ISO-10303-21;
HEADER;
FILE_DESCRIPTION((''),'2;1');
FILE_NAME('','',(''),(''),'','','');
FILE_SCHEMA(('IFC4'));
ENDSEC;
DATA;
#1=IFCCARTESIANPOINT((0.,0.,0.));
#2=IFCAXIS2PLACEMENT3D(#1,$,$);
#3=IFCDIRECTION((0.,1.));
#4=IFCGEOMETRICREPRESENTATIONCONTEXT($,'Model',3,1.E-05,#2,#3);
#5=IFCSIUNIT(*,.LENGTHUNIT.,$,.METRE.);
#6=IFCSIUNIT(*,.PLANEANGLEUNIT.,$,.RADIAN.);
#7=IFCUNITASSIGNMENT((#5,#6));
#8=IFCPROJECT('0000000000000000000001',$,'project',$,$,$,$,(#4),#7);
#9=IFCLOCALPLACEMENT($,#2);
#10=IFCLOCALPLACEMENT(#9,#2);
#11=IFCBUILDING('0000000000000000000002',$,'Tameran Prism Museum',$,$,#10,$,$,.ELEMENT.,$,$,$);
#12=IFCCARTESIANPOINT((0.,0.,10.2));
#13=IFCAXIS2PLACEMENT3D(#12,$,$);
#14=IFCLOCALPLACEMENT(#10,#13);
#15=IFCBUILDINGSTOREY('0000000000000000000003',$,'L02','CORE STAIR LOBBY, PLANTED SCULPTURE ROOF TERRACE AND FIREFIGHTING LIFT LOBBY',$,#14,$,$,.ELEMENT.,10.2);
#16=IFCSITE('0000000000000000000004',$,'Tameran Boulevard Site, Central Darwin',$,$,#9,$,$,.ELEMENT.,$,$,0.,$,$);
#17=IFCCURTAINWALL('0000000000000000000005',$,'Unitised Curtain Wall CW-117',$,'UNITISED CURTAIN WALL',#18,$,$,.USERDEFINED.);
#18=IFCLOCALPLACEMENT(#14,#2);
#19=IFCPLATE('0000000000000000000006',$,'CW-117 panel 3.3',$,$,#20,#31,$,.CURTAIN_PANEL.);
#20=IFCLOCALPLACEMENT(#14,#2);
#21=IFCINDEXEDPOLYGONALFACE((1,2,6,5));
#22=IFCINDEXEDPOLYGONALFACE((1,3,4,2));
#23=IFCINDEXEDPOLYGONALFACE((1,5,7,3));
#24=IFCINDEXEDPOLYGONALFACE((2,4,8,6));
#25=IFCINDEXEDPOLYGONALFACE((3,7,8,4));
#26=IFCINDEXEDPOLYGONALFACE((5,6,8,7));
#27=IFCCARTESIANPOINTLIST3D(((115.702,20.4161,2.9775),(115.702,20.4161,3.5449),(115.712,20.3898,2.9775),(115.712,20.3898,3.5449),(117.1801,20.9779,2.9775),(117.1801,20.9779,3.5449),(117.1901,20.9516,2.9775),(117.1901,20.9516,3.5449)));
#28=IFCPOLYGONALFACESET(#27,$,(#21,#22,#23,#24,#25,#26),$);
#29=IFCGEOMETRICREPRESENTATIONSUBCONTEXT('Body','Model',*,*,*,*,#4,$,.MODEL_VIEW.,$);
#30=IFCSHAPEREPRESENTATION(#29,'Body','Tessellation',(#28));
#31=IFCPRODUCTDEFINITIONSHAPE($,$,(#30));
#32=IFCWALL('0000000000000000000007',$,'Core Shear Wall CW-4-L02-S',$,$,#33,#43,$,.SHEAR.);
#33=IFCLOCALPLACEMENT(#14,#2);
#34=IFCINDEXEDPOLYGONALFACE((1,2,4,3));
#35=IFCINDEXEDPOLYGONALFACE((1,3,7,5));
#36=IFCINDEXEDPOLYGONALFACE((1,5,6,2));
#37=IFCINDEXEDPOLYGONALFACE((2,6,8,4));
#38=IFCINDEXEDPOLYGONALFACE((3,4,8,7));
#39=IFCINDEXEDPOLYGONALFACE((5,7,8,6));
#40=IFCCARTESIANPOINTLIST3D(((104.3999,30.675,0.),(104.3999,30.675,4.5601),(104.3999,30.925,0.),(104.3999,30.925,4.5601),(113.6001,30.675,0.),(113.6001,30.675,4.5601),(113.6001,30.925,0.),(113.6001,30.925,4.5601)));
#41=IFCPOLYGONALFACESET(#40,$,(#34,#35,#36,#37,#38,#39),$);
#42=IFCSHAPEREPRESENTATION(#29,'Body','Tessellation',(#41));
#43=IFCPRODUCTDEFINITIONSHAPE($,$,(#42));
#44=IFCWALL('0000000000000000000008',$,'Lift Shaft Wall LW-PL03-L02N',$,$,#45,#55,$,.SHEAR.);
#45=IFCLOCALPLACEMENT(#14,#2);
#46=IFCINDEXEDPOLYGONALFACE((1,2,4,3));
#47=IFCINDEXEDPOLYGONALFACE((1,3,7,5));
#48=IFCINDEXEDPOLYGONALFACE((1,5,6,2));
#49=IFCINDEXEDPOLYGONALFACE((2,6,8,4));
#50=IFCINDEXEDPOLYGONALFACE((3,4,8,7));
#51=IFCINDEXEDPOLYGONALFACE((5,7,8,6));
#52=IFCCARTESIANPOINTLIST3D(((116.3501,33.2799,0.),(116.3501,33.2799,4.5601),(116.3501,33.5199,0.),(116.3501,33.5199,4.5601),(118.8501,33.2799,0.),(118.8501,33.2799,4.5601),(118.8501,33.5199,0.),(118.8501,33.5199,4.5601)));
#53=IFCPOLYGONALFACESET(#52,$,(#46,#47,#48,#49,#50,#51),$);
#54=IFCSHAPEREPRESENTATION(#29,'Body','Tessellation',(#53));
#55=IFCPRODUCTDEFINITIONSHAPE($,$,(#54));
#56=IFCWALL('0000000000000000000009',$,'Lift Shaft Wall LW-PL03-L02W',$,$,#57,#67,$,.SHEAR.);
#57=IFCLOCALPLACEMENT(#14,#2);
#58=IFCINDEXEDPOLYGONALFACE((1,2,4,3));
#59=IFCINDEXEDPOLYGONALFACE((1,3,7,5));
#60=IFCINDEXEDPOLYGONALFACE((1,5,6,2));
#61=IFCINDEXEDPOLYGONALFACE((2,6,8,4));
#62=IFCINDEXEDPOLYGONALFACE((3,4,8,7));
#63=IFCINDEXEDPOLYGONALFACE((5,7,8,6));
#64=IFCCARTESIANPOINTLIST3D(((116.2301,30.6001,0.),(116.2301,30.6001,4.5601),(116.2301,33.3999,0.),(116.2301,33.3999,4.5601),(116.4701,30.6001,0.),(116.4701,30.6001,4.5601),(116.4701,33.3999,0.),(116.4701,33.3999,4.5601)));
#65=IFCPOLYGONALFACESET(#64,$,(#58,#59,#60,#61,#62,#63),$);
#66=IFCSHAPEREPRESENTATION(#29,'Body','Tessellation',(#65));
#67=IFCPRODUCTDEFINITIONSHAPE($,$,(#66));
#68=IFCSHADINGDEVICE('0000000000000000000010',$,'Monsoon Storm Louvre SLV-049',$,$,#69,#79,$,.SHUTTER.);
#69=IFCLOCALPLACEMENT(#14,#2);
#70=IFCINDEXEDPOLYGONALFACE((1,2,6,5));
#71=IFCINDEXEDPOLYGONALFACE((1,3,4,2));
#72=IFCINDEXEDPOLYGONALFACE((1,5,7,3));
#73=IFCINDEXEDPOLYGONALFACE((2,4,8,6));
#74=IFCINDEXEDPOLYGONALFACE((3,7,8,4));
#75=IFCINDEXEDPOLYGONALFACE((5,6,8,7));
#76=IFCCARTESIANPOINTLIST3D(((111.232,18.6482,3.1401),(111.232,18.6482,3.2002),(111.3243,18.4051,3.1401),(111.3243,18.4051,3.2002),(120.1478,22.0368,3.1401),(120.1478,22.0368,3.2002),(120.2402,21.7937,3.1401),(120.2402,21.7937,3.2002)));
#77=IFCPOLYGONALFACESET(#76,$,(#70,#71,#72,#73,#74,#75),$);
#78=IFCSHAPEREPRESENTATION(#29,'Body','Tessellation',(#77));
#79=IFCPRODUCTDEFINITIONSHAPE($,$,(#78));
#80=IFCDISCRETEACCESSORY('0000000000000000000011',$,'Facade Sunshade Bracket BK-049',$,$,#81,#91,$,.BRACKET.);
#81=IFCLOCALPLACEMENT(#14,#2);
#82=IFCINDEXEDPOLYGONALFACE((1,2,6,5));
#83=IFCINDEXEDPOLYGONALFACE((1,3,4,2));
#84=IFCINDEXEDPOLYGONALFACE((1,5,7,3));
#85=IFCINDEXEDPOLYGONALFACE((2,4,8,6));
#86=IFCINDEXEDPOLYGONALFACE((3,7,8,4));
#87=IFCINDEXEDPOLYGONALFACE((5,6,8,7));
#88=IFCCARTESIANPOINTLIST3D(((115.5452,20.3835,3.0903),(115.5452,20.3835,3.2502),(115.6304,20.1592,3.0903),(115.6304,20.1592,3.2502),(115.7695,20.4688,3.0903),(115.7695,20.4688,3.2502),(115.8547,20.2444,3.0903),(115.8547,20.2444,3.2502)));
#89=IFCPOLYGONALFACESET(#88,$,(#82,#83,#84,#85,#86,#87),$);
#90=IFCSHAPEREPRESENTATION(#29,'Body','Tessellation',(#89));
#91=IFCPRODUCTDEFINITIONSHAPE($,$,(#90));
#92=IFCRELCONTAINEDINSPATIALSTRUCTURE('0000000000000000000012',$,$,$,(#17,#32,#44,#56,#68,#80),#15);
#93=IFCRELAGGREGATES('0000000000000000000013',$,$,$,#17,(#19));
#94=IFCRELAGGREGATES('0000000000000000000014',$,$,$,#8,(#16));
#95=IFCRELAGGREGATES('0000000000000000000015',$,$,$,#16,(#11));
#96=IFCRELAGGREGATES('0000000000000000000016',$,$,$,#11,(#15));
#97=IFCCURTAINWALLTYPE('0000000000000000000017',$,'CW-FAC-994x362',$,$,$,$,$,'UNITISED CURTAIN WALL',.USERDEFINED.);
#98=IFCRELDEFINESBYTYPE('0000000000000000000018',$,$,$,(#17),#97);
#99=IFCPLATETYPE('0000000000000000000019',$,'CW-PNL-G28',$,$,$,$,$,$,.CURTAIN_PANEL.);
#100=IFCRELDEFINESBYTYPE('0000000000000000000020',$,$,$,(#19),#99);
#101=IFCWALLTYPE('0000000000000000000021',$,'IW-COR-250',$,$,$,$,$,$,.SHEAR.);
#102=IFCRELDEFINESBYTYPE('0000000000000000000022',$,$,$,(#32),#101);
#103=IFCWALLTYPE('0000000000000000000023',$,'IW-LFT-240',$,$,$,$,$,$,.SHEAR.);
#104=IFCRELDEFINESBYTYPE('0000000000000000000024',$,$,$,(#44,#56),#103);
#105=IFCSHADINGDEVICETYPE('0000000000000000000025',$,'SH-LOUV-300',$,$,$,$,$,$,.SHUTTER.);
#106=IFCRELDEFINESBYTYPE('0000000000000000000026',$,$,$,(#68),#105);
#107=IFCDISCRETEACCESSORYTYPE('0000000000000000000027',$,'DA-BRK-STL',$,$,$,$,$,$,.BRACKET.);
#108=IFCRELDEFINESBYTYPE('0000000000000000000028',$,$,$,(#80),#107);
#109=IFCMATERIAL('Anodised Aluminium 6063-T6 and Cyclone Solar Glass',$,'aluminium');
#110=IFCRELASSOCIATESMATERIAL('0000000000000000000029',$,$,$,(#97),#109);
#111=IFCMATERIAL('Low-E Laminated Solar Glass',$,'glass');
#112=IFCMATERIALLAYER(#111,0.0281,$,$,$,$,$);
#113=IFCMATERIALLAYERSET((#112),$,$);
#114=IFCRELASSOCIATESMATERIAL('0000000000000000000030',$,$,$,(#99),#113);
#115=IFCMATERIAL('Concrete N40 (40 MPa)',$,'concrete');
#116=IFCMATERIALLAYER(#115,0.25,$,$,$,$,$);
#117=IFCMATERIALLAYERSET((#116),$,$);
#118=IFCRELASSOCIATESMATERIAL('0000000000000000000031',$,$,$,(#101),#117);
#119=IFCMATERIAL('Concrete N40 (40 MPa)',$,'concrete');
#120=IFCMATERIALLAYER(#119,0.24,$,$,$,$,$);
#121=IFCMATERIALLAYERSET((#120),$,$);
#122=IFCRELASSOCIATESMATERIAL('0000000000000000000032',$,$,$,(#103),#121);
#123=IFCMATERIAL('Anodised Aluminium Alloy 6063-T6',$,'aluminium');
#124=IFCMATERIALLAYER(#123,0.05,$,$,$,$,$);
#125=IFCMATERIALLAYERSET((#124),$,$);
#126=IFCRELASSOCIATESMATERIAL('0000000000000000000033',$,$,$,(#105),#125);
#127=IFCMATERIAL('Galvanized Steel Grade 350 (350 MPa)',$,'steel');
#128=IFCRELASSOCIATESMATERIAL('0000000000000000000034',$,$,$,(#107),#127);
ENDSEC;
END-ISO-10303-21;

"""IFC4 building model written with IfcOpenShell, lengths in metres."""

from ifc_helpers import new_model, si_unit, direction, frame, frame_2d, origin, origin_2d, place, context, subcontext, project, spatial, rectangle, extrude, material, layer, layer_set, type_object, element, aggregate, save


model = new_model("IFC4")

# Units and contexts
model_context = context("Model", 3, precision=1e-05, world=origin(), true_north=direction((0.0, 1.0)))
body_context = subcontext(model_context, "Body", "Model", "MODEL_VIEW")
ifc_project = project(units=[si_unit("LENGTHUNIT", "METRE"), si_unit("PLANEANGLEUNIT", "RADIAN")], contexts=[model_context])

# Site, building, storey
site_placement = place(None, origin())
site = spatial("IfcSite", under=ifc_project, at=site_placement, Name="Tameran Boulevard Site, Central Darwin", CompositionType="ELEMENT", RefElevation=0.0)
building_placement = place(site_placement, origin())
building = spatial("IfcBuilding", under=site, at=building_placement, Name="Tameran Prism Museum", CompositionType="ELEMENT")
storey_placement = place(building_placement, frame((0.0, 0.0, 10.2)))
storey = spatial("IfcBuildingStorey", under=building, at=storey_placement, Name="L02", Description="CORE STAIR LOBBY, PLANTED SCULPTURE ROOF TERRACE AND FIREFIGHTING LIFT LOBBY", CompositionType="ELEMENT", Elevation=10.2)

# Curtain wall
ifc_material_1 = material(Name="Anodised Aluminium 6063-T6 and Cyclone Solar Glass", Category="aluminium")
curtain_wall_type_1 = type_object("IfcCurtainWallType", Name="CW-FAC-994x362", ElementType="UNITISED CURTAIN WALL", PredefinedType="USERDEFINED", material=ifc_material_1)
curtain_wall_1_placement = place(storey_placement, origin())
curtain_wall_1 = element("IfcCurtainWall", 1, at=curtain_wall_1_placement, inside=storey, type_object=curtain_wall_type_1, Name="Unitised Curtain Wall CW-117", ObjectType="UNITISED CURTAIN WALL", PredefinedType="USERDEFINED")

# Plate
ifc_material_2 = material(Name="Low-E Laminated Solar Glass", Category="glass")
ifc_layer_1 = layer(ifc_material_2, 0.0281)
ifc_layer_set_1 = layer_set([ifc_layer_1])
plate_type = type_object("IfcPlateType", Name="CW-PNL-G28", PredefinedType="CURTAIN_PANEL", material=ifc_layer_set_1)
plate_1_placement = place(storey_placement, frame((116.446, 20.6838, 2.9775), z_axis=(0.0, 0.0, 1.0), x_axis=(-0.934757, -0.355288, 0.0)))
plate_1 = element("IfcPlate", 2, at=plate_1_placement, type_object=plate_type, Name="CW-117 panel 3.3", PredefinedType="CURTAIN_PANEL", context=body_context, shape_type="SweptSolid", body=[
    extrude(rectangle(XDim=1.5813, YDim=0.0281, at=origin_2d()), origin(), (0.0, 0.0, 1.0), 0.5674),
])
aggregate(curtain_wall_1, [plate_1])

# Walls
ifc_material_3 = material(Name="Concrete N40 (40 MPa)", Category="concrete")
ifc_layer_2 = layer(ifc_material_3, 0.25)
ifc_layer_set_2 = layer_set([ifc_layer_2])
wall_type_1 = type_object("IfcWallType", Name="IW-COR-250", PredefinedType="SHEAR", material=ifc_layer_set_2)
wall_1_placement = place(storey_placement, frame((113.6001, 30.8, 0.0), z_axis=(0.0, 0.0, 1.0), x_axis=(-1.0, 0.0, 0.0)))
element("IfcWall", 3, at=wall_1_placement, inside=storey, type_object=wall_type_1, Name="Core Shear Wall CW-4-L02-S", PredefinedType="SHEAR", context=body_context, shape_type="SweptSolid", body=[
    extrude(rectangle(XDim=9.2002, YDim=0.25, at=frame_2d((4.6001, 0.0))), origin(), (0.0, 0.0, 1.0), 4.5601),
])
ifc_material_4 = material(Name="Concrete N40 (40 MPa)", Category="concrete")
ifc_layer_3 = layer(ifc_material_4, 0.24)
ifc_layer_set_3 = layer_set([ifc_layer_3])
wall_type_2 = type_object("IfcWallType", Name="IW-LFT-240", PredefinedType="SHEAR", material=ifc_layer_set_3)
wall_2_placement = place(storey_placement, frame((116.3501, 33.3999, 0.0), z_axis=(0.0, 0.0, 1.0), x_axis=(1.0, 0.0, 0.0)))
element("IfcWall", 4, at=wall_2_placement, inside=storey, type_object=wall_type_2, Name="Lift Shaft Wall LW-PL03-L02N", PredefinedType="SHEAR", context=body_context, shape_type="SweptSolid", body=[
    extrude(rectangle(XDim=2.5, YDim=0.24, at=frame_2d((1.25, 0.0))), origin(), (0.0, 0.0, 1.0), 4.5601),
])
wall_3_placement = place(storey_placement, frame((116.3501, 30.6001, 0.0), z_axis=(0.0, 0.0, 1.0), x_axis=(0.0, 1.0, 0.0)))
element("IfcWall", 5, at=wall_3_placement, inside=storey, type_object=wall_type_2, Name="Lift Shaft Wall LW-PL03-L02W", PredefinedType="SHEAR", context=body_context, shape_type="SweptSolid", body=[
    extrude(rectangle(XDim=2.7998, YDim=0.24, at=frame_2d((1.3999, 0.0))), origin(), (0.0, 0.0, 1.0), 4.5601),
])

# Shading device
ifc_material_5 = material(Name="Anodised Aluminium Alloy 6063-T6", Category="aluminium")
ifc_layer_4 = layer(ifc_material_5, 0.05)
ifc_layer_set_4 = layer_set([ifc_layer_4])
shading_device_type = type_object("IfcShadingDeviceType", Name="SH-LOUV-300", PredefinedType="SHUTTER", material=ifc_layer_set_4)
shading_device_placement = place(storey_placement, frame((115.7361, 20.2209, 3.1401), z_axis=(0.0, 0.0, 1.0), x_axis=(-0.934764, -0.35527, 0.0)))
element("IfcShadingDevice", 6, at=shading_device_placement, inside=storey, type_object=shading_device_type, Name="Monsoon Storm Louvre SLV-049", PredefinedType="SHUTTER", context=body_context, shape_type="SweptSolid", body=[
    extrude(rectangle(XDim=9.5381, YDim=0.26, at=origin_2d()), origin(), (0.0, 0.0, 1.0), 0.0601),
])

# Discrete accessory
ifc_material_6 = material(Name="Galvanized Steel Grade 350 (350 MPa)", Category="steel")
discrete_accessory_type = type_object("IfcDiscreteAccessoryType", Name="DA-BRK-STL", PredefinedType="BRACKET", material=ifc_material_6)
discrete_accessory_placement = place(storey_placement, frame((115.7, 20.314, 3.0903), z_axis=(0.0, 0.0, 1.0), x_axis=(-0.934764, -0.35527, 0.0)))
element("IfcDiscreteAccessory", 7, at=discrete_accessory_placement, inside=storey, type_object=discrete_accessory_type, Name="Facade Sunshade Bracket BK-049", PredefinedType="BRACKET", context=body_context, shape_type="SweptSolid", body=[
    extrude(rectangle(XDim=0.24, YDim=0.24, at=origin_2d()), origin(), (0.0, 0.0, 1.0), 0.1599),
])

save(model, "model.ifc")
